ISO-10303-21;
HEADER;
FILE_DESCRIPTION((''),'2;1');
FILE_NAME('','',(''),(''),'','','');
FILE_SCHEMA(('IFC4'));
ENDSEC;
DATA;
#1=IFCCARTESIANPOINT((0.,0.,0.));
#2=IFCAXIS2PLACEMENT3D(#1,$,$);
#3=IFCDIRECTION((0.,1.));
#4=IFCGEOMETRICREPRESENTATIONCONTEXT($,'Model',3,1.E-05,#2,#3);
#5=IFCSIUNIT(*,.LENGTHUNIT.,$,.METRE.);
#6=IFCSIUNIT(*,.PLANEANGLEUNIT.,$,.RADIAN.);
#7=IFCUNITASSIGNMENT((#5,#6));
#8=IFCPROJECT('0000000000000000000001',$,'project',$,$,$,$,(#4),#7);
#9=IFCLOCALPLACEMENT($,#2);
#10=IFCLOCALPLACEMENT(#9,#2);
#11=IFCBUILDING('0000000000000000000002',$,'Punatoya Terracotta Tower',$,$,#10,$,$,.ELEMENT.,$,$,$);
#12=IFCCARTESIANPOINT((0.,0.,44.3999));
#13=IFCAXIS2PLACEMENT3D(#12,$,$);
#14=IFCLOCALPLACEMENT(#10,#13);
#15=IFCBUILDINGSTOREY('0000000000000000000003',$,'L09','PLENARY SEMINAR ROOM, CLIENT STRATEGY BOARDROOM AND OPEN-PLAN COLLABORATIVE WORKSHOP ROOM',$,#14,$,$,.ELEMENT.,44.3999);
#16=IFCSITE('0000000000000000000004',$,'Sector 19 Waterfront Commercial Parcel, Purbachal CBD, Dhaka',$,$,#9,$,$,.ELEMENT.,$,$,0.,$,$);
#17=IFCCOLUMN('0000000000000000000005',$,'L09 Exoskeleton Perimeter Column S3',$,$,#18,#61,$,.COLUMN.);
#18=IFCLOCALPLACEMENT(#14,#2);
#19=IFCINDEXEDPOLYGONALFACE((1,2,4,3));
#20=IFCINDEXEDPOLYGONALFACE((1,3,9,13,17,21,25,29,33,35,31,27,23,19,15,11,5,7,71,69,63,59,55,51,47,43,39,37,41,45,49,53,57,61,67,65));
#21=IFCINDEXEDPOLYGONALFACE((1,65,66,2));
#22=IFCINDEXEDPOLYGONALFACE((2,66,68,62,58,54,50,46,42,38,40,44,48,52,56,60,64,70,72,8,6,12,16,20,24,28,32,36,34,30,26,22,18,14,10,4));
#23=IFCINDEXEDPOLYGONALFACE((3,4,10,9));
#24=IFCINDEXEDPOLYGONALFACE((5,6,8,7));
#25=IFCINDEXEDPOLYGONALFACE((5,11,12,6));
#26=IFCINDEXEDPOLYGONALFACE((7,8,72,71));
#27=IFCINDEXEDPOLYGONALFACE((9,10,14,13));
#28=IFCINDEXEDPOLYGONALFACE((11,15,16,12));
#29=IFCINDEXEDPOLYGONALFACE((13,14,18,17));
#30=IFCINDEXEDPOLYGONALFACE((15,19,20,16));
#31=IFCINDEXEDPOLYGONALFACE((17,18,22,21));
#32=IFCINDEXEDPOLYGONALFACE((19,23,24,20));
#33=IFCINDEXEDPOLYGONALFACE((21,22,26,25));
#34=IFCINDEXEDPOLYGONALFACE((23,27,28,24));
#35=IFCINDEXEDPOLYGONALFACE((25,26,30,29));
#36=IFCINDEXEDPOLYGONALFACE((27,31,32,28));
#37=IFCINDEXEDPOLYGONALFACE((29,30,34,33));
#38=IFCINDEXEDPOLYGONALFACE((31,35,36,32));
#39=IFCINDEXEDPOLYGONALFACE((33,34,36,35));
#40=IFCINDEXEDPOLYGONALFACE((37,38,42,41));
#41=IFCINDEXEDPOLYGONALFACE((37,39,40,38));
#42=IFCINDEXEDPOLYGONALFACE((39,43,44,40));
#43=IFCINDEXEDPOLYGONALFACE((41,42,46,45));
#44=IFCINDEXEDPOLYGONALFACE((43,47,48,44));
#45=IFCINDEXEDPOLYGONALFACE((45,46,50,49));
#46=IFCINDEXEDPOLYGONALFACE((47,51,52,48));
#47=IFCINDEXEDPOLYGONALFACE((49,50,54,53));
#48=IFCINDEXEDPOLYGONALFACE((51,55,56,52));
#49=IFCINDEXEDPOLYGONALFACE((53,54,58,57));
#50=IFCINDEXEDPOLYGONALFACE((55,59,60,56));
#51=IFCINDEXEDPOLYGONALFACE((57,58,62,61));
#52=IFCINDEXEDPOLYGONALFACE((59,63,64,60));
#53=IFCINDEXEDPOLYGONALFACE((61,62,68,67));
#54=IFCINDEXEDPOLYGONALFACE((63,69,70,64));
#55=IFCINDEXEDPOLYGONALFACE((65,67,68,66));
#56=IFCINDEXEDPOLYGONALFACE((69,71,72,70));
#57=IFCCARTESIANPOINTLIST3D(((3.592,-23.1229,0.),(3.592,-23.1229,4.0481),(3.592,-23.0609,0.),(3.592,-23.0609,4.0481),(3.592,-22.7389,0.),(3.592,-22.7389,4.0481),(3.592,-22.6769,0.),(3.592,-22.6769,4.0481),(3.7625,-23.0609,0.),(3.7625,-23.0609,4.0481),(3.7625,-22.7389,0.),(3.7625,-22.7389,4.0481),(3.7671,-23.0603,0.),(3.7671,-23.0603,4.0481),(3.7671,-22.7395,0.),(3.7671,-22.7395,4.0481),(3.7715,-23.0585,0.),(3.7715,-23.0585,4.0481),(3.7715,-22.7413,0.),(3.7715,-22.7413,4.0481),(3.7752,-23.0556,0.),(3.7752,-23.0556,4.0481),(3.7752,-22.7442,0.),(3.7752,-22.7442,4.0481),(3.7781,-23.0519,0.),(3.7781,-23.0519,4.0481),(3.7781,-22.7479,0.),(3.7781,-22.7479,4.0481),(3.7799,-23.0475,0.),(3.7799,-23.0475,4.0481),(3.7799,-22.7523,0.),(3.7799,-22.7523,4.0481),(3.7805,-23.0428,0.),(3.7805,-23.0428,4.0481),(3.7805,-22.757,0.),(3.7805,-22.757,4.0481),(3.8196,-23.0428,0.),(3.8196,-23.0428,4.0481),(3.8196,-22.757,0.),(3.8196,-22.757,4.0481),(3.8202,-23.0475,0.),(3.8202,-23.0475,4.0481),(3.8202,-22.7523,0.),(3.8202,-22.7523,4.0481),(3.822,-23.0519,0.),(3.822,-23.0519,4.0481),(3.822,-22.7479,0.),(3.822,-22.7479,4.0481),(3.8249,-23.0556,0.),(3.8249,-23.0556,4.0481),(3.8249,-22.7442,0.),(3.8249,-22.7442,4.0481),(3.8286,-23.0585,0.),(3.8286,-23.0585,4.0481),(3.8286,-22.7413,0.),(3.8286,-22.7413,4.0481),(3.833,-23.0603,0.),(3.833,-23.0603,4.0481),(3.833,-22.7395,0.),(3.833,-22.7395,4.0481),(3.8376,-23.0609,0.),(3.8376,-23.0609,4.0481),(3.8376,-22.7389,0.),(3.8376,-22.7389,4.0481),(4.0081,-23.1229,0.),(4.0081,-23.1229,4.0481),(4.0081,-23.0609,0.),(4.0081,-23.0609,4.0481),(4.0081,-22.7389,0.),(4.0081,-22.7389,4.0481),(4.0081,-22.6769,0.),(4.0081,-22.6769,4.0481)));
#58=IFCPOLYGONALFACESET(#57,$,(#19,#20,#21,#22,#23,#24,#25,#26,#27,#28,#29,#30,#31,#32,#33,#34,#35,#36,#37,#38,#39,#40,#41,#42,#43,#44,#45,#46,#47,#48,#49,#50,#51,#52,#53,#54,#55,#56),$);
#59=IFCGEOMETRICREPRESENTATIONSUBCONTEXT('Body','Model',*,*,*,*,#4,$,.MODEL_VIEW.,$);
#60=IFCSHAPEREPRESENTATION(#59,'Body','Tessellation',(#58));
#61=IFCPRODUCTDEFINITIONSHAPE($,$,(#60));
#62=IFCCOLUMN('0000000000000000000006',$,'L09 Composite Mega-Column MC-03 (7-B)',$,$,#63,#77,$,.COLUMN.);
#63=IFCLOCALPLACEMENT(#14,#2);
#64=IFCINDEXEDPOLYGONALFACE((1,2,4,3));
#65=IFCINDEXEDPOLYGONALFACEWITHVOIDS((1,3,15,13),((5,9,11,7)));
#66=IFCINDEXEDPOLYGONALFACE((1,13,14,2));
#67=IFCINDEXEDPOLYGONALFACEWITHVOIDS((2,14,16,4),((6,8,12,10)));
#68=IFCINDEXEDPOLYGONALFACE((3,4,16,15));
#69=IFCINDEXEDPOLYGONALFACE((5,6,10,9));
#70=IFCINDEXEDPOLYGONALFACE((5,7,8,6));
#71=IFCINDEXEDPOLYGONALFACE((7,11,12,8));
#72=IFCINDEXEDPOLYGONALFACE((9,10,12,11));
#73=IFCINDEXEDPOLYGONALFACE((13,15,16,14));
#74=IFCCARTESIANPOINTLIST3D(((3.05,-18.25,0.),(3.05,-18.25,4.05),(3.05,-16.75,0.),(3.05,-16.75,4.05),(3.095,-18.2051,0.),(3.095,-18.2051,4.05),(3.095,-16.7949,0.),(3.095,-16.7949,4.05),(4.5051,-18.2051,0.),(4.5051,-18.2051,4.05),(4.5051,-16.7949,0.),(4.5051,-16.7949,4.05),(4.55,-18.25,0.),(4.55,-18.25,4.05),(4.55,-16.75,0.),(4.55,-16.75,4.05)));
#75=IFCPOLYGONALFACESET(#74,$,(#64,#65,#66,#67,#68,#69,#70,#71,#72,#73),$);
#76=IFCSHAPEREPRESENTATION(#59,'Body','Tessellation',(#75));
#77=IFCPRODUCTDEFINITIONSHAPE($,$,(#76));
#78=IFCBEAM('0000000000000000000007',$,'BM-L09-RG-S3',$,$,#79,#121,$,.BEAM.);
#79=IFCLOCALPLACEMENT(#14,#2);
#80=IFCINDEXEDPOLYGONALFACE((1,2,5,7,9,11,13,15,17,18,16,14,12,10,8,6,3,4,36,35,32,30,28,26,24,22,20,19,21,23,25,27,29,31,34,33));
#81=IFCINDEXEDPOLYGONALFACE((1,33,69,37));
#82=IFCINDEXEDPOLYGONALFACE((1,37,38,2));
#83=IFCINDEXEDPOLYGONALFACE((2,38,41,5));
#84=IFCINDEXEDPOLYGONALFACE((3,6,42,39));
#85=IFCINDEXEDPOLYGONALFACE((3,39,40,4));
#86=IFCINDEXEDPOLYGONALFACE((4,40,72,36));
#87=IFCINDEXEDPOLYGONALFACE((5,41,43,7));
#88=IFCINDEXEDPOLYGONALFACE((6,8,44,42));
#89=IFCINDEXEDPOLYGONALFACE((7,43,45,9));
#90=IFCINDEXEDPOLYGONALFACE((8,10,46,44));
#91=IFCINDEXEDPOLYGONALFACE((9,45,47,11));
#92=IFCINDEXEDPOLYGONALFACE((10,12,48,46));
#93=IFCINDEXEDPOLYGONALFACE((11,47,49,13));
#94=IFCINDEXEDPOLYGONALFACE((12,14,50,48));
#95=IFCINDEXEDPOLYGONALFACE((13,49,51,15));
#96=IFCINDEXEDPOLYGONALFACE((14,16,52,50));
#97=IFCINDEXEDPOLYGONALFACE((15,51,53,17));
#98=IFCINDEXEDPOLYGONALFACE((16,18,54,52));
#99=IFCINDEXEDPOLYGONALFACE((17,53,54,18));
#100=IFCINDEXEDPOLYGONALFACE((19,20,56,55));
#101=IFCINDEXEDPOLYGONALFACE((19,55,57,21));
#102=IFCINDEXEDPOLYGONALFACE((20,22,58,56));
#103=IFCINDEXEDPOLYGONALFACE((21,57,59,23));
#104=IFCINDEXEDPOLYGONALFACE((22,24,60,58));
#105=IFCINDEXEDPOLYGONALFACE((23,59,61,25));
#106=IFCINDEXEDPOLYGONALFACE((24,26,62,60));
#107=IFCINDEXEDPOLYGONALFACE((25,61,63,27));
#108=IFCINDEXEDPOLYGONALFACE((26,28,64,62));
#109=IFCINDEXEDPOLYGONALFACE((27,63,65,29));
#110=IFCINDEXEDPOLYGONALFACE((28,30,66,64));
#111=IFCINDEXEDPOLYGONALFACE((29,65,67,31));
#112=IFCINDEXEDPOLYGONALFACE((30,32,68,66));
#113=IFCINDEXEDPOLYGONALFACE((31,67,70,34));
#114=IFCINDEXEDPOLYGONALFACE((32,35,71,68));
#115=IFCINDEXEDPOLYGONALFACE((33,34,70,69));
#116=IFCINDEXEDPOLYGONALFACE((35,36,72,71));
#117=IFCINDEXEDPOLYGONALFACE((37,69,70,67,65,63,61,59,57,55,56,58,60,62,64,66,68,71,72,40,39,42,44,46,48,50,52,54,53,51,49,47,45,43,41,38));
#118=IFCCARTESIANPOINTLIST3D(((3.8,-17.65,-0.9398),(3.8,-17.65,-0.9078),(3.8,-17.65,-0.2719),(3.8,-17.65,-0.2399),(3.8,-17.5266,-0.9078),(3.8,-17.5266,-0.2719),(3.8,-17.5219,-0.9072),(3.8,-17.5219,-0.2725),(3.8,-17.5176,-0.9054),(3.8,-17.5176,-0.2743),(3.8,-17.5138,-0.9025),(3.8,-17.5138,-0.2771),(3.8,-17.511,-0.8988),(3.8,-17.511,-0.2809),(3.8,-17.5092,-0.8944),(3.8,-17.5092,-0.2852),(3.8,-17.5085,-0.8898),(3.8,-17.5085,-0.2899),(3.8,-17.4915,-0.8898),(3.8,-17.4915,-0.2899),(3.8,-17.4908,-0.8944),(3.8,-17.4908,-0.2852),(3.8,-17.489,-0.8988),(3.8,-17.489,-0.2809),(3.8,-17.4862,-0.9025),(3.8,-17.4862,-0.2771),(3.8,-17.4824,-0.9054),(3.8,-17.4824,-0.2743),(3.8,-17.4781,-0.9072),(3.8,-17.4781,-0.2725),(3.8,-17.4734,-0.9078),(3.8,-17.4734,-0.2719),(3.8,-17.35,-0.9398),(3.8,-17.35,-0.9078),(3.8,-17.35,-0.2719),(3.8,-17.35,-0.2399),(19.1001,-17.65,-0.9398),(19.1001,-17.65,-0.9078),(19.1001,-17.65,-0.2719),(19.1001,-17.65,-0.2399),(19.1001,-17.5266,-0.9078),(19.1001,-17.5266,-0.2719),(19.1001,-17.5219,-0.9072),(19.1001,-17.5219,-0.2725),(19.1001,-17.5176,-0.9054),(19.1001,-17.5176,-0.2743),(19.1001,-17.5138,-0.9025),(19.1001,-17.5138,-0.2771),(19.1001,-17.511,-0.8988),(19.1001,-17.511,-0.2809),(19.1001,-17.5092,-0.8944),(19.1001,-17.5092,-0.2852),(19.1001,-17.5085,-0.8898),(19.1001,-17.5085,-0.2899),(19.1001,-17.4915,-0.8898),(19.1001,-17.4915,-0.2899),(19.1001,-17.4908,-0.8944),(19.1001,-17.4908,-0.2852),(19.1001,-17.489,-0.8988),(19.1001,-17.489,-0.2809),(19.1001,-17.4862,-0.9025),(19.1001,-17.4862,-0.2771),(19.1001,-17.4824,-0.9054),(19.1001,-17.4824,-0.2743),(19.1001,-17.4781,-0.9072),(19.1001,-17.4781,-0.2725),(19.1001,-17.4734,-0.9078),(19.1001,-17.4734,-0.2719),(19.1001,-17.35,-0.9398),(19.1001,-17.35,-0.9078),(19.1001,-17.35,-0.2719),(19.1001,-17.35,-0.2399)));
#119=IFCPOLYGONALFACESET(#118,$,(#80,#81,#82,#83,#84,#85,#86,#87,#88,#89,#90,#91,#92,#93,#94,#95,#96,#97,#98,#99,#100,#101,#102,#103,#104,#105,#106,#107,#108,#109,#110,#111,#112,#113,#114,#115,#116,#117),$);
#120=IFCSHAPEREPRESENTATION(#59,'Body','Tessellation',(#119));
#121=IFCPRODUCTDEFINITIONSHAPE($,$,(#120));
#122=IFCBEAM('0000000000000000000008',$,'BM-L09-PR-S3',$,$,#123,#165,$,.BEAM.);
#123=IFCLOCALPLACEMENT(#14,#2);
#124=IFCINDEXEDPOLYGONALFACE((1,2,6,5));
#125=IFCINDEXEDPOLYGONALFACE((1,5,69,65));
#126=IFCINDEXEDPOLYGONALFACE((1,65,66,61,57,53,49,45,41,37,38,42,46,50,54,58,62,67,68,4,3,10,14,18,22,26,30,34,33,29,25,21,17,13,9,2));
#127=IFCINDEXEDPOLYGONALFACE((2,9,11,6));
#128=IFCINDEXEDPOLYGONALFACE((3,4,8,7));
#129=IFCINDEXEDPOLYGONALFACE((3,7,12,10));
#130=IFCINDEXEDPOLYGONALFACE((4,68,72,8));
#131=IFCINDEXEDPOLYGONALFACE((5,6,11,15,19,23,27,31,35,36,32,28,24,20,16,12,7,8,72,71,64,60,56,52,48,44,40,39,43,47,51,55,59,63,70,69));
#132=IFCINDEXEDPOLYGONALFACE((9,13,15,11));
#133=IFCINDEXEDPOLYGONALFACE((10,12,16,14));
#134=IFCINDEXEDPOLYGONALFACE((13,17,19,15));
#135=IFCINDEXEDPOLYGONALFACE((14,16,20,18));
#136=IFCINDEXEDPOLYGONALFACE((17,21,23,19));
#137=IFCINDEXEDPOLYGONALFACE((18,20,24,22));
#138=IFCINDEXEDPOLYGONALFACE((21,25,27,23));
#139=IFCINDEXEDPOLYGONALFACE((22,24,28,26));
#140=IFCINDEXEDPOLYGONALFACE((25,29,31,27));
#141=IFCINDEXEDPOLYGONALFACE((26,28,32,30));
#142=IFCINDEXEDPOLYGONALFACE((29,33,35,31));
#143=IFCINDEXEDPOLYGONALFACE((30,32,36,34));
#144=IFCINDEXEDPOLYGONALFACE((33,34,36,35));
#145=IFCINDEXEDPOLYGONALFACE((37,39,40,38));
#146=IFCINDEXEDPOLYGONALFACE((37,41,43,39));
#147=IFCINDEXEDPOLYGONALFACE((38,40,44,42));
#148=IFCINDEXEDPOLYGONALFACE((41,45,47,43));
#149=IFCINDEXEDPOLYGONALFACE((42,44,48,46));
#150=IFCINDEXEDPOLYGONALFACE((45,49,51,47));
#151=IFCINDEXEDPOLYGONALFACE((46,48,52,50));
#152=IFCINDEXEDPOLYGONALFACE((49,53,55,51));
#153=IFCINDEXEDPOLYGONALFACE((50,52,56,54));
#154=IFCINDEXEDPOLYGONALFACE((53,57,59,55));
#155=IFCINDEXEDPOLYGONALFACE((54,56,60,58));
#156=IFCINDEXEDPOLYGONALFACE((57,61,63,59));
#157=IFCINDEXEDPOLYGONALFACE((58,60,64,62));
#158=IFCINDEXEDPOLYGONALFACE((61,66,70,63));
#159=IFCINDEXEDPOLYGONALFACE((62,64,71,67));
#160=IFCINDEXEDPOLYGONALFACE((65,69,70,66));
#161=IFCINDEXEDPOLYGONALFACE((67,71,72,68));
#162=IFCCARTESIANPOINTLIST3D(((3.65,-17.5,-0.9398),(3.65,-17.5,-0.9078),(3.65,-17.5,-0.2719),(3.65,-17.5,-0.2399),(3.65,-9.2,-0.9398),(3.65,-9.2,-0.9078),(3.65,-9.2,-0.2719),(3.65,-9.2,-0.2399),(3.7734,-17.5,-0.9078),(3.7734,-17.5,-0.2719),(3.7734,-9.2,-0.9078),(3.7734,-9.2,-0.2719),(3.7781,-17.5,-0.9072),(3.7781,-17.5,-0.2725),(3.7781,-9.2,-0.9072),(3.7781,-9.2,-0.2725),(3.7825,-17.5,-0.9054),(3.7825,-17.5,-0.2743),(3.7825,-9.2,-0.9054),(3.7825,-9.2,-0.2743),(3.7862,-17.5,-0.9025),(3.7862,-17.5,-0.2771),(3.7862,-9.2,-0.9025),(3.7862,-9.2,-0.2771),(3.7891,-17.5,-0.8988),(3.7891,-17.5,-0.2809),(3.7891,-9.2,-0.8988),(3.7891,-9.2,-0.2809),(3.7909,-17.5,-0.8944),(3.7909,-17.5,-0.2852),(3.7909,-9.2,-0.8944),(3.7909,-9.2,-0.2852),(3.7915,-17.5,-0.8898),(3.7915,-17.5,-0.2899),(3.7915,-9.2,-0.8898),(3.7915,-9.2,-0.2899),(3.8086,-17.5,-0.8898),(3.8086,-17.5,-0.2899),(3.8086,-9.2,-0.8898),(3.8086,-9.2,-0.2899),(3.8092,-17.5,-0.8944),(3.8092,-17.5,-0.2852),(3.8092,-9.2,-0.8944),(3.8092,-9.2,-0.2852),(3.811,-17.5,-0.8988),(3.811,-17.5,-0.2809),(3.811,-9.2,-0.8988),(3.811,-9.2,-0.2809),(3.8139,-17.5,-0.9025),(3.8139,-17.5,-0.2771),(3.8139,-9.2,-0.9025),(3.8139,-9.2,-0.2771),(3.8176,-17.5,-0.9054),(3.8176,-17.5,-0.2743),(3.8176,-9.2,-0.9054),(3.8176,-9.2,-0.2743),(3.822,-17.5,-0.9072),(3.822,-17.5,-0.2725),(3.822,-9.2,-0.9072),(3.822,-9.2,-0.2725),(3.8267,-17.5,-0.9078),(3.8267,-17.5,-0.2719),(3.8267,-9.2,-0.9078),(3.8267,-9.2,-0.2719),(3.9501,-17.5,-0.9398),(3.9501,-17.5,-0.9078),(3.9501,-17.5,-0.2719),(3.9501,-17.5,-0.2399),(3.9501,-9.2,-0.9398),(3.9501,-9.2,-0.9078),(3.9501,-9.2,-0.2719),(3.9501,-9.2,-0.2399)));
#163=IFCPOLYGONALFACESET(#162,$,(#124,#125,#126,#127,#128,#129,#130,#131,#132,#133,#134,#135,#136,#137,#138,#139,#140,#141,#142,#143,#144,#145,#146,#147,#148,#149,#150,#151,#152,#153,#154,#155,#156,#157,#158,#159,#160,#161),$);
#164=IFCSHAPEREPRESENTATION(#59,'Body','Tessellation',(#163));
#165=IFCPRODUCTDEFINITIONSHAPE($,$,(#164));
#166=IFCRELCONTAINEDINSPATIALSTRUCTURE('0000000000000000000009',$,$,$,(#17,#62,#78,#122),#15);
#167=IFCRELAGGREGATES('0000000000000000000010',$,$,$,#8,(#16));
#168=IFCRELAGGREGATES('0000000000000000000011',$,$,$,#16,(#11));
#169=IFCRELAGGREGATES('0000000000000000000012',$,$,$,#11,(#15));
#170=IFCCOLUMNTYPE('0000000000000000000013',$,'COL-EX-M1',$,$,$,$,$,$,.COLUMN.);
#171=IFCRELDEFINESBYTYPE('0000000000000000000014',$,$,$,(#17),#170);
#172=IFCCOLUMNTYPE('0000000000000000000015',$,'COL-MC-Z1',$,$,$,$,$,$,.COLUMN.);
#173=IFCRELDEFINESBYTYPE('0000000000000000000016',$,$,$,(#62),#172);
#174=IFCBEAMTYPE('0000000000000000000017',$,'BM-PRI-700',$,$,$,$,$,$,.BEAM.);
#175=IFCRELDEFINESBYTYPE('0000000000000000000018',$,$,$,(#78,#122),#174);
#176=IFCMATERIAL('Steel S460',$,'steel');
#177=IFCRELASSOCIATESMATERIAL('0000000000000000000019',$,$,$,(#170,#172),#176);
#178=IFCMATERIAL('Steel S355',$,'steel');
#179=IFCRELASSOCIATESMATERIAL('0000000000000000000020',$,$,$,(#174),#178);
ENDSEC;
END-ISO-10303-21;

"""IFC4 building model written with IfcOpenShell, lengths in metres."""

from ifc_helpers import new_model, si_unit, direction, frame, origin, origin_2d, place, context, subcontext, project, spatial, hollow_rectangle, i_section, extrude, material, material_profile, profile_set, type_object, element, save


model = new_model("IFC4")

# Units and contexts
model_context = context("Model", 3, precision=1e-05, world=origin(), true_north=direction((0.0, 1.0)))
body_context = subcontext(model_context, "Body", "Model", "MODEL_VIEW")
ifc_project = project(units=[si_unit("LENGTHUNIT", "METRE"), si_unit("PLANEANGLEUNIT", "RADIAN")], contexts=[model_context])

# Site, building, storey
site_placement = place(None, origin())
site = spatial("IfcSite", under=ifc_project, at=site_placement, Name="Sector 19 Waterfront Commercial Parcel, Purbachal CBD, Dhaka", CompositionType="ELEMENT", RefElevation=0.0)
building_placement = place(site_placement, origin())
building = spatial("IfcBuilding", under=site, at=building_placement, Name="Punatoya Terracotta Tower", CompositionType="ELEMENT")
storey_placement = place(building_placement, frame((0.0, 0.0, 44.3999)))
storey = spatial("IfcBuildingStorey", under=building, at=storey_placement, Name="L09", Description="PLENARY SEMINAR ROOM, CLIENT STRATEGY BOARDROOM AND OPEN-PLAN COLLABORATIVE WORKSHOP ROOM", CompositionType="ELEMENT", Elevation=44.3999)

# Columns
ifc_material_1 = material(Name="Steel S460", Category="steel")
ifc_material_profile_1 = material_profile(ifc_material_1, i_section(OverallWidth=0.416, OverallDepth=0.446, WebThickness=0.0391, FlangeThickness=0.062, FilletRadius=0.0181, at=origin_2d()))
ifc_profile_set_1 = profile_set([ifc_material_profile_1], Name="Steel S460")
column_type_1 = type_object("IfcColumnType", Name="COL-EX-M1", PredefinedType="COLUMN", material=ifc_profile_set_1)
column_1_placement = place(storey_placement, frame((3.8, -22.8999, 0.0), z_axis=(0.0, 0.0, 1.0), x_axis=(1.0, 0.0, 0.0)))
element("IfcColumn", 1, at=column_1_placement, inside=storey, type_object=column_type_1, Name="L09 Exoskeleton Perimeter Column S3", PredefinedType="COLUMN", context=body_context, shape_type="SweptSolid", body=[
    extrude(i_section(OverallWidth=0.416, OverallDepth=0.446, WebThickness=0.0391, FlangeThickness=0.062, FilletRadius=0.0181, at=origin_2d()), origin(), (0.0, 0.0, 1.0), 4.0481),
])
ifc_material_profile_2 = material_profile(ifc_material_1, hollow_rectangle(XDim=1.5, YDim=1.5, WallThickness=0.0449, at=origin_2d()))
ifc_profile_set_2 = profile_set([ifc_material_profile_2], Name="Steel S460")
column_type_2 = type_object("IfcColumnType", Name="COL-MC-Z1", PredefinedType="COLUMN", material=ifc_profile_set_2)
column_2_placement = place(storey_placement, frame((3.8, -17.5, 0.0), z_axis=(0.0, 0.0, 1.0), x_axis=(1.0, 0.0, 0.0)))
element("IfcColumn", 2, at=column_2_placement, inside=storey, type_object=column_type_2, Name="L09 Composite Mega-Column MC-03 (7-B)", PredefinedType="COLUMN", context=body_context, shape_type="SweptSolid", body=[
    extrude(hollow_rectangle(XDim=1.5, YDim=1.5, WallThickness=0.0449, at=origin_2d()), origin(), (0.0, 0.0, 1.0), 4.05),
])

# Beams
ifc_material_2 = material(Name="Steel S355", Category="steel")
ifc_material_profile_3 = material_profile(ifc_material_2, i_section(OverallWidth=0.3, OverallDepth=0.7, WebThickness=0.0171, FlangeThickness=0.032, FilletRadius=0.0181, at=origin_2d()))
ifc_profile_set_3 = profile_set([ifc_material_profile_3], Name="Steel S355")
beam_type_1 = type_object("IfcBeamType", Name="BM-PRI-700", PredefinedType="BEAM", material=ifc_profile_set_3)
beam_1_placement = place(storey_placement, frame((3.8, -17.5, -0.5898), z_axis=(1.0, 0.0, 0.0), x_axis=(0.0, 1.0, 0.0)))
element("IfcBeam", 3, at=beam_1_placement, inside=storey, type_object=beam_type_1, Name="BM-L09-RG-S3", PredefinedType="BEAM", context=body_context, shape_type="SweptSolid", body=[
    extrude(i_section(OverallWidth=0.3, OverallDepth=0.7, WebThickness=0.0171, FlangeThickness=0.032, FilletRadius=0.0181, at=origin_2d()), origin(), (0.0, 0.0, 1.0), 15.3),
])
for number, where, z_axis, x_axis, name in (
    (4, (3.8, -17.5, -0.5898), (0.0, 1.0, 0.0), (-1.0, 0.0, 0.0), "BM-L09-PR-S3"),
):
    element("IfcBeam", number, at=place(storey_placement, frame(where, z_axis=z_axis, x_axis=x_axis)), inside=storey, type_object=beam_type_1, Name=name, PredefinedType="BEAM", context=body_context, shape_type="SweptSolid", body=[
        extrude(i_section(OverallWidth=0.3, OverallDepth=0.7, WebThickness=0.0171, FlangeThickness=0.032, FilletRadius=0.0181, at=origin_2d()), origin(), (0.0, 0.0, 1.0), 8.3),
    ])

save(model, "model.ifc")
